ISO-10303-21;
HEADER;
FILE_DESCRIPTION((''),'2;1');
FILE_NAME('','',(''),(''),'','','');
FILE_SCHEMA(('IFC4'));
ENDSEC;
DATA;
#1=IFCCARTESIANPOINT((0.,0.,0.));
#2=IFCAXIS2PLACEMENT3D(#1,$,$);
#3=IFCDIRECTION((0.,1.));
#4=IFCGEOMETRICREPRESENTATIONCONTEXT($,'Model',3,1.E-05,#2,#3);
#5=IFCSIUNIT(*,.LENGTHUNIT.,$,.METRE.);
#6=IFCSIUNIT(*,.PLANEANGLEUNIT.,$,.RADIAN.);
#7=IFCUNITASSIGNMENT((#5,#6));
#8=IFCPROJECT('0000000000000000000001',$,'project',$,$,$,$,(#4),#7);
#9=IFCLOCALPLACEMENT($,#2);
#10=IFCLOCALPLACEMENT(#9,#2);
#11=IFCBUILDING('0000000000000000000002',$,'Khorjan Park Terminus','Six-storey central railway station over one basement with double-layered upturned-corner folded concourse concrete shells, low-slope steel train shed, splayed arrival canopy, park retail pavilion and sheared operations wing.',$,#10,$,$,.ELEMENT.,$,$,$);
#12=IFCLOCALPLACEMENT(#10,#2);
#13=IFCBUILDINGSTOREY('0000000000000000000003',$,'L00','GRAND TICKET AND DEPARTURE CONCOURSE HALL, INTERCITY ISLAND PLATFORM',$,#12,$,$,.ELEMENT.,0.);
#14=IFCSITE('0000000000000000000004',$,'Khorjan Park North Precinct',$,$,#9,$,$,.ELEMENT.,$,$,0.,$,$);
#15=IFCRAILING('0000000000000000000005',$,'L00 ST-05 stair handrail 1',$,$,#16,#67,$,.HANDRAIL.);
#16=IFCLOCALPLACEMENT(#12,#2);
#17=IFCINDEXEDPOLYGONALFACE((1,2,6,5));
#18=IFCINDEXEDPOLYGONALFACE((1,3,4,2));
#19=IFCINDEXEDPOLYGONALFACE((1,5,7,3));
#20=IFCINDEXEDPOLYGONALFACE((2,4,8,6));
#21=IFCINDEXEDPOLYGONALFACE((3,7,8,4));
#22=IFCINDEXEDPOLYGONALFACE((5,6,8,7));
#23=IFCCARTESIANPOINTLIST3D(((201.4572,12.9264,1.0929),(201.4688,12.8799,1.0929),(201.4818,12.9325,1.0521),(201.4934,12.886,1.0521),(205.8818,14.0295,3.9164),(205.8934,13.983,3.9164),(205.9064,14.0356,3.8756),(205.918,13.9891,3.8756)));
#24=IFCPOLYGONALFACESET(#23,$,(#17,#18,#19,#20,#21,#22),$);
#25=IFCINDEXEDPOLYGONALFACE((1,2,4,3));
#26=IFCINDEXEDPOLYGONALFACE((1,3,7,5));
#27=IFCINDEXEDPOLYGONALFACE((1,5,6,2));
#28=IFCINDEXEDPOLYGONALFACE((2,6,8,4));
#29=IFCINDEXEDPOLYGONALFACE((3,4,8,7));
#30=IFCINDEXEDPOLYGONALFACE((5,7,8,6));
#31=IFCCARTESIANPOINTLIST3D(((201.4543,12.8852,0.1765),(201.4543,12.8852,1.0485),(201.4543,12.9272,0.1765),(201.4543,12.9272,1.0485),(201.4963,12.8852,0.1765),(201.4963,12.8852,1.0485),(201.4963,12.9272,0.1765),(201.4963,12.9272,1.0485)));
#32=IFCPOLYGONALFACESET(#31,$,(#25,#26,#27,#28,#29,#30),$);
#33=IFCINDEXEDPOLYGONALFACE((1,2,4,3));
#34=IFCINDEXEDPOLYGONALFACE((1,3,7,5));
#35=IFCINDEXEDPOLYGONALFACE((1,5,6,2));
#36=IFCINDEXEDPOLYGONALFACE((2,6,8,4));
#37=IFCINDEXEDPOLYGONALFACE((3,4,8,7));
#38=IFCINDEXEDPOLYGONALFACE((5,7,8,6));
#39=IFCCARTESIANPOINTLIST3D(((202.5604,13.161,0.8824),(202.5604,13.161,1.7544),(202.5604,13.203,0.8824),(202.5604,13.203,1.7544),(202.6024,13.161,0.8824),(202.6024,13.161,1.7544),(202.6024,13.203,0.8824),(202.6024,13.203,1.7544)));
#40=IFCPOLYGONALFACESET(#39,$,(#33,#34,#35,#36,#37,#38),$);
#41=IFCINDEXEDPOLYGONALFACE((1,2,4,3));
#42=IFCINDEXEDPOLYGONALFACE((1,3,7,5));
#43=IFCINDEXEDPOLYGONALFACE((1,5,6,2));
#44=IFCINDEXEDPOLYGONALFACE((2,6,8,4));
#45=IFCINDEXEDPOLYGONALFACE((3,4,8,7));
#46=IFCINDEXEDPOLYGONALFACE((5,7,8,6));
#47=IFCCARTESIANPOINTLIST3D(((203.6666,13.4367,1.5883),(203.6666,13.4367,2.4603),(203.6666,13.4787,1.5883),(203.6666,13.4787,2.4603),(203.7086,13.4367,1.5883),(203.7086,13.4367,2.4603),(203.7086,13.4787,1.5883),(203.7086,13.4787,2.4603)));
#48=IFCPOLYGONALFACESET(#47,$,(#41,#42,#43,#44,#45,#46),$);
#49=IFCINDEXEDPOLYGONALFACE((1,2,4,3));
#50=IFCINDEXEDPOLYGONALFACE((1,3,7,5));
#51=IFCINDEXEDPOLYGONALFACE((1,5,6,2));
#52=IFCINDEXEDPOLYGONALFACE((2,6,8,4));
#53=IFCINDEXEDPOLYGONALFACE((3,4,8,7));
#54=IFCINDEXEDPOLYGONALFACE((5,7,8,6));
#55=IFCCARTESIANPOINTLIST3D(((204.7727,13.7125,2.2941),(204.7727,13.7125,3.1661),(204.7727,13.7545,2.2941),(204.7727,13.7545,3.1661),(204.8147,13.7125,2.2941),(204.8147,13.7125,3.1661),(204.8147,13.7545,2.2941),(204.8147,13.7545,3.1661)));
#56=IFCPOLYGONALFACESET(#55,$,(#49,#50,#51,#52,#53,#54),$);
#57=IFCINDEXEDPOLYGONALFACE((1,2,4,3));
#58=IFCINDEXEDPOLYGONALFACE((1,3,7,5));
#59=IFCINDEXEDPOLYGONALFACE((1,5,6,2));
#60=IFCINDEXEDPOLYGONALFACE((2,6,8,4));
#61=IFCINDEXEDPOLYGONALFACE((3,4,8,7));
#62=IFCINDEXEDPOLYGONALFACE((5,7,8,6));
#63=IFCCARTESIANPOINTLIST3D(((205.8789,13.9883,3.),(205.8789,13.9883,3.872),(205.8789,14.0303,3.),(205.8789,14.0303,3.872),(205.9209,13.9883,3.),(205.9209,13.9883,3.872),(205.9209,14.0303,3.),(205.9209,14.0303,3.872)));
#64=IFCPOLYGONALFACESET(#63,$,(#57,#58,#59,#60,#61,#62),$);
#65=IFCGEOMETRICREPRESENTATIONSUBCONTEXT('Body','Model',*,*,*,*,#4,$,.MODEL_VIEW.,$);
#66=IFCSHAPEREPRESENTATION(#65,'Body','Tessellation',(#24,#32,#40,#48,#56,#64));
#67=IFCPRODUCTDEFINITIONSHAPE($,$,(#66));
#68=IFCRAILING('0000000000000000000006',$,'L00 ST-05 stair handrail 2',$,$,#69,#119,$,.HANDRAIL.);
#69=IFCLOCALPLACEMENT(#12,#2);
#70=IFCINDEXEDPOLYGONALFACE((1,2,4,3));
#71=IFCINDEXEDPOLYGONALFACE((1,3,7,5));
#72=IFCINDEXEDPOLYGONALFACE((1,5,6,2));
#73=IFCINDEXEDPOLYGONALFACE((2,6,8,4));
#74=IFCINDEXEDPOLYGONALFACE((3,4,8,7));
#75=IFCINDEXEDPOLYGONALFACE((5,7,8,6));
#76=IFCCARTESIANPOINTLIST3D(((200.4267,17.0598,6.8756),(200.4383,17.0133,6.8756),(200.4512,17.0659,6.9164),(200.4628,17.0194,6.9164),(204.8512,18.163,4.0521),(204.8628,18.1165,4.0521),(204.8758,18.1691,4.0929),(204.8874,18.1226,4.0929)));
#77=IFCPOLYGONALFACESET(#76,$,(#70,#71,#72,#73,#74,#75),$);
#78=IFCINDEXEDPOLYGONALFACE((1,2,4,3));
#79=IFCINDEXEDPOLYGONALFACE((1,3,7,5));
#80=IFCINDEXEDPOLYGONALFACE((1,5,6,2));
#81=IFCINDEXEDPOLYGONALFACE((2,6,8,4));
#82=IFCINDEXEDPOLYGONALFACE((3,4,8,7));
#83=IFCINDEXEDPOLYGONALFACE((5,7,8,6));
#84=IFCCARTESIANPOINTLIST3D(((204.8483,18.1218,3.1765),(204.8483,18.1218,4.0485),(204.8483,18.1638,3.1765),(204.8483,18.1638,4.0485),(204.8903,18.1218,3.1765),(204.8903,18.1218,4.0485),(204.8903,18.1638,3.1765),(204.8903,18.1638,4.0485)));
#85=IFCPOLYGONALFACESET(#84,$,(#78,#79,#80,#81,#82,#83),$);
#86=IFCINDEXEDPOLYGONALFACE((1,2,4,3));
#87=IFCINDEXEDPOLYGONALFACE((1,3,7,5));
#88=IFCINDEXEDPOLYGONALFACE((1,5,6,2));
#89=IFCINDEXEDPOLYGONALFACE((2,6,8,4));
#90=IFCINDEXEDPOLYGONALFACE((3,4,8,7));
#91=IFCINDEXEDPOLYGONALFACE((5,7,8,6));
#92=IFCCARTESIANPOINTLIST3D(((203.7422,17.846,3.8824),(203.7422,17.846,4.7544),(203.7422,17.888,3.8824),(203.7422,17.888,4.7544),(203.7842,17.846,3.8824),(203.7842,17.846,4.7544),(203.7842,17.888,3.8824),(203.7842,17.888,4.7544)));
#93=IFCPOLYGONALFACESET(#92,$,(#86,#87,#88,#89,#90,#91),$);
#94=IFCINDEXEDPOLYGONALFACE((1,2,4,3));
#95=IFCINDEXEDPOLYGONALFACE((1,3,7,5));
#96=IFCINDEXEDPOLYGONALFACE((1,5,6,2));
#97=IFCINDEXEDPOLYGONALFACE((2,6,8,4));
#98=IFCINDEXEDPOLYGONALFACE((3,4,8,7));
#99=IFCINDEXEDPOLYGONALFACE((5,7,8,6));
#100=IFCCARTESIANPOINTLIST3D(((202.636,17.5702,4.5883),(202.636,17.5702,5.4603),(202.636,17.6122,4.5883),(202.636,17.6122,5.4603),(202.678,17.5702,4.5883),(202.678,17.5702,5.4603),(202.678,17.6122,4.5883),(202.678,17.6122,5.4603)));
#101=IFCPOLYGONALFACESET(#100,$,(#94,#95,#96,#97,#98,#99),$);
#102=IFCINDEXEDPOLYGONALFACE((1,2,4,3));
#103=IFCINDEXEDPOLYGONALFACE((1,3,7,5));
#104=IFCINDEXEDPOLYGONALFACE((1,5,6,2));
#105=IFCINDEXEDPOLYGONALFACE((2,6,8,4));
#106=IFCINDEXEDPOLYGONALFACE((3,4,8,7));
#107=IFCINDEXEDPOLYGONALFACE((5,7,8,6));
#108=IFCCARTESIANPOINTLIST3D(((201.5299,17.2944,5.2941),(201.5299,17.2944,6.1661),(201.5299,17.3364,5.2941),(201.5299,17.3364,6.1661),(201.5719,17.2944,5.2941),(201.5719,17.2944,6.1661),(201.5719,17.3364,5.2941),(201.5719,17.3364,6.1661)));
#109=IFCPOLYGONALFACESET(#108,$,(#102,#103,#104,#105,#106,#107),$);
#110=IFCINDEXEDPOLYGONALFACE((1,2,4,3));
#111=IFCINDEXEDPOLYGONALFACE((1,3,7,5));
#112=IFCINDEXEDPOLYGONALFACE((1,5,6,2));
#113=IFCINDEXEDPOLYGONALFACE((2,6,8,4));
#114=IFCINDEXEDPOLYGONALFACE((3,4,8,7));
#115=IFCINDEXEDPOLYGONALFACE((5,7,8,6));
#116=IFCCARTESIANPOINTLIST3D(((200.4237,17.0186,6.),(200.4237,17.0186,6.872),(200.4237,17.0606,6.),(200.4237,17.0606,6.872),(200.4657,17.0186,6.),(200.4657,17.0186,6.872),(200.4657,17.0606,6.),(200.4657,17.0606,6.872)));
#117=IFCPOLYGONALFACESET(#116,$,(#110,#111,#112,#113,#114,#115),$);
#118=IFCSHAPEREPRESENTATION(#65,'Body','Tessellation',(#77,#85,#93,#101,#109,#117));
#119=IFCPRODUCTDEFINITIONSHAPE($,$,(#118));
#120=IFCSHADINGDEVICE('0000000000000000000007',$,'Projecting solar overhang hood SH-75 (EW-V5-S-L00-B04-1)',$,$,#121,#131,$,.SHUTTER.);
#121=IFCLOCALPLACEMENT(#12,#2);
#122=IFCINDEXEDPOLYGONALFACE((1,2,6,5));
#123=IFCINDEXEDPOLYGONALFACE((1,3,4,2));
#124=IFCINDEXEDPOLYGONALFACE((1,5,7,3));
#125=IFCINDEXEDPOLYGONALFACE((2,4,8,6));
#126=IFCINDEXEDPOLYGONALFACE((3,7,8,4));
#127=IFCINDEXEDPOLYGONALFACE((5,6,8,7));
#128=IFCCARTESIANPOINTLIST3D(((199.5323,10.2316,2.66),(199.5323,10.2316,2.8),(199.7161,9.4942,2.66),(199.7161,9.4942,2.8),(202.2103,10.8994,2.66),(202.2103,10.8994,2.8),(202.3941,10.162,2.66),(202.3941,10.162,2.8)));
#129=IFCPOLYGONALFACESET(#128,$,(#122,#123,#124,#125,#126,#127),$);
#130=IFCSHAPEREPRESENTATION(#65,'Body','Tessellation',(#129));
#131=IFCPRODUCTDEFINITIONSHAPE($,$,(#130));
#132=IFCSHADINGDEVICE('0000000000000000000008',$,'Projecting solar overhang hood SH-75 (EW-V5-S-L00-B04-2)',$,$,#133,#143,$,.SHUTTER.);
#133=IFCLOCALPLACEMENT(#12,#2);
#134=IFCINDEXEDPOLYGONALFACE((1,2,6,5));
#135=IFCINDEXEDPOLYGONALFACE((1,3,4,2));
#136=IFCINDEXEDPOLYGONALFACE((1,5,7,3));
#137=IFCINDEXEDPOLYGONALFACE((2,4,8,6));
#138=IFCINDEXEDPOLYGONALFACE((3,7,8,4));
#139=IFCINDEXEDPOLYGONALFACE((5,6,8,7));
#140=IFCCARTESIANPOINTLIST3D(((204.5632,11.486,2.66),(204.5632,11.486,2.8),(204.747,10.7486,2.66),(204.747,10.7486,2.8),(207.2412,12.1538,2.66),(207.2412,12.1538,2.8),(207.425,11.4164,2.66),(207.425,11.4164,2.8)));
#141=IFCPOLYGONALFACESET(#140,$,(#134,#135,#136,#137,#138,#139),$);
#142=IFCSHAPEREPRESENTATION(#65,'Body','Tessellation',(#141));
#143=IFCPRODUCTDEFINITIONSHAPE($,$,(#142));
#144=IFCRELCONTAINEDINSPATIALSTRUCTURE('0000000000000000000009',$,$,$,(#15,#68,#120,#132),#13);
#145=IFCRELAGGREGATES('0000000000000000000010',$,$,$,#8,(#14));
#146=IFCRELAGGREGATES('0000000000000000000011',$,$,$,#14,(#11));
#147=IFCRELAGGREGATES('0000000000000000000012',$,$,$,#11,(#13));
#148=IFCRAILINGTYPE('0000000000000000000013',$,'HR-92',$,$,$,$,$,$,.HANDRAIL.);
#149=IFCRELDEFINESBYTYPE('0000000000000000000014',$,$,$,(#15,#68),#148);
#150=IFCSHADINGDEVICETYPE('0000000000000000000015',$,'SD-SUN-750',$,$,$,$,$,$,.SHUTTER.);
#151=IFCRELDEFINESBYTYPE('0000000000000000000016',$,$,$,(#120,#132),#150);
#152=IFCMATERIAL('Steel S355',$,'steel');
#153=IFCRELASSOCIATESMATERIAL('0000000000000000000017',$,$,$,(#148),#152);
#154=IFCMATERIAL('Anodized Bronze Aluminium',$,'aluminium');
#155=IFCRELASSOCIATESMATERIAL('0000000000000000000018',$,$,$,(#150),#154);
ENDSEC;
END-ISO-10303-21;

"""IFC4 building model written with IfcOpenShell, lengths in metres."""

from ifc_helpers import new_model, si_unit, direction, frame, origin, origin_2d, place, context, subcontext, project, spatial, rectangle, extrude, material, type_object, element, save


model = new_model("IFC4")

# Units and contexts
model_context = context("Model", 3, precision=1e-05, world=origin(), true_north=direction((0.0, 1.0)))
body_context = subcontext(model_context, "Body", "Model", "MODEL_VIEW")
ifc_project = project(units=[si_unit("LENGTHUNIT", "METRE"), si_unit("PLANEANGLEUNIT", "RADIAN")], contexts=[model_context])

# Site, building, storey
site_placement = place(None, origin())
site = spatial("IfcSite", under=ifc_project, at=site_placement, Name="Khorjan Park North Precinct", CompositionType="ELEMENT", RefElevation=0.0)
building_placement = place(site_placement, origin())
building = spatial("IfcBuilding", under=site, at=building_placement, Name="Khorjan Park Terminus", Description="Six-storey central railway station over one basement with double-layered upturned-corner folded concourse concrete shells, low-slope steel train shed, splayed arrival canopy, park retail pavilion and sheared operations wing.", CompositionType="ELEMENT")
storey_placement = place(building_placement, origin())
storey = spatial("IfcBuildingStorey", under=building, at=storey_placement, Name="L00", Description="GRAND TICKET AND DEPARTURE CONCOURSE HALL, INTERCITY ISLAND PLATFORM", CompositionType="ELEMENT", Elevation=0.0)

# Shared definitions
ifc_material_1 = material(Name="Steel S355", Category="steel")

# Railings
railing_type_1 = type_object("IfcRailingType", Name="HR-92", PredefinedType="HANDRAIL", material=ifc_material_1)
railing_1_placement = place(storey_placement, frame((201.4753, 12.9062, 0.1765)))
element("IfcRailing", 1, at=railing_1_placement, inside=storey, type_object=railing_type_1, Name="L00 ST-05 stair handrail 1", PredefinedType="HANDRAIL", context=body_context, shape_type="SweptSolid", body=[
    extrude(rectangle(XDim=0.048, YDim=0.048, at=origin_2d()), frame((0.0, 0.0, 0.896), z_axis=(0.824962, 0.205672, 0.526438), x_axis=(-0.241906, 0.9703, 0.0)), (0.0, 0.0, 1.0), 5.3634),
    extrude(rectangle(XDim=0.042, YDim=0.042, at=origin_2d()), origin(), (0.0, 0.0, 1.0), 0.872),
    extrude(rectangle(XDim=0.042, YDim=0.042, at=origin_2d()), frame((1.1061, 0.2758, 0.7059)), (0.0, 0.0, 1.0), 0.872),
    extrude(rectangle(XDim=0.042, YDim=0.042, at=origin_2d()), frame((2.2123, 0.5515, 1.4118)), (0.0, 0.0, 1.0), 0.872),
    extrude(rectangle(XDim=0.042, YDim=0.042, at=origin_2d()), frame((3.3184, 0.8273, 2.1176)), (0.0, 0.0, 1.0), 0.872),
    extrude(rectangle(XDim=0.042, YDim=0.042, at=origin_2d()), frame((4.4246, 1.1031, 2.8235)), (0.0, 0.0, 1.0), 0.872),
])
railing_2_placement = place(storey_placement, frame((204.8693, 18.1428, 3.1765)))
element("IfcRailing", 2, at=railing_2_placement, inside=storey, type_object=railing_type_1, Name="L00 ST-05 stair handrail 2", PredefinedType="HANDRAIL", context=body_context, shape_type="SweptSolid", body=[
    extrude(rectangle(XDim=0.048, YDim=0.048, at=origin_2d()), frame((0.0, 0.0, 0.896), z_axis=(-0.824959, -0.20569, 0.526436), x_axis=(0.241927, -0.970295, 0.0)), (0.0, 0.0, 1.0), 5.3634),
    extrude(rectangle(XDim=0.042, YDim=0.042, at=origin_2d()), origin(), (0.0, 0.0, 1.0), 0.872),
    extrude(rectangle(XDim=0.042, YDim=0.042, at=origin_2d()), frame((-1.1061, -0.2758, 0.7059)), (0.0, 0.0, 1.0), 0.872),
    extrude(rectangle(XDim=0.042, YDim=0.042, at=origin_2d()), frame((-2.2123, -0.5516, 1.4118)), (0.0, 0.0, 1.0), 0.872),
    extrude(rectangle(XDim=0.042, YDim=0.042, at=origin_2d()), frame((-3.3184, -0.8274, 2.1176)), (0.0, 0.0, 1.0), 0.872),
    extrude(rectangle(XDim=0.042, YDim=0.042, at=origin_2d()), frame((-4.4246, -1.1032, 2.8235)), (0.0, 0.0, 1.0), 0.872),
])

# Shading devices
ifc_material_2 = material(Name="Anodized Bronze Aluminium", Category="aluminium")
shading_device_type = type_object("IfcShadingDeviceType", Name="SD-SUN-750", PredefinedType="SHUTTER", material=ifc_material_2)
for number, where, z_axis, x_axis, name in (
    (3, (200.9632, 10.1968, 2.66), (0.0, 0.0, 1.0), (0.970294, 0.24193, 0.0), "Projecting solar overhang hood SH-75 (EW-V5-S-L00-B04-1)"),
    (4, (205.9941, 11.4512, 2.66), (0.0, 0.0, 1.0), (0.970294, 0.24193, 0.0), "Projecting solar overhang hood SH-75 (EW-V5-S-L00-B04-2)"),
):
    element("IfcShadingDevice", number, at=place(storey_placement, frame(where, z_axis=z_axis, x_axis=x_axis)), inside=storey, type_object=shading_device_type, Name=name, PredefinedType="SHUTTER", context=body_context, shape_type="SweptSolid", body=[
        extrude(rectangle(XDim=2.76, YDim=0.76, at=origin_2d()), origin(), (0.0, 0.0, 1.0), 0.14),
    ])

save(model, "model.ifc")
